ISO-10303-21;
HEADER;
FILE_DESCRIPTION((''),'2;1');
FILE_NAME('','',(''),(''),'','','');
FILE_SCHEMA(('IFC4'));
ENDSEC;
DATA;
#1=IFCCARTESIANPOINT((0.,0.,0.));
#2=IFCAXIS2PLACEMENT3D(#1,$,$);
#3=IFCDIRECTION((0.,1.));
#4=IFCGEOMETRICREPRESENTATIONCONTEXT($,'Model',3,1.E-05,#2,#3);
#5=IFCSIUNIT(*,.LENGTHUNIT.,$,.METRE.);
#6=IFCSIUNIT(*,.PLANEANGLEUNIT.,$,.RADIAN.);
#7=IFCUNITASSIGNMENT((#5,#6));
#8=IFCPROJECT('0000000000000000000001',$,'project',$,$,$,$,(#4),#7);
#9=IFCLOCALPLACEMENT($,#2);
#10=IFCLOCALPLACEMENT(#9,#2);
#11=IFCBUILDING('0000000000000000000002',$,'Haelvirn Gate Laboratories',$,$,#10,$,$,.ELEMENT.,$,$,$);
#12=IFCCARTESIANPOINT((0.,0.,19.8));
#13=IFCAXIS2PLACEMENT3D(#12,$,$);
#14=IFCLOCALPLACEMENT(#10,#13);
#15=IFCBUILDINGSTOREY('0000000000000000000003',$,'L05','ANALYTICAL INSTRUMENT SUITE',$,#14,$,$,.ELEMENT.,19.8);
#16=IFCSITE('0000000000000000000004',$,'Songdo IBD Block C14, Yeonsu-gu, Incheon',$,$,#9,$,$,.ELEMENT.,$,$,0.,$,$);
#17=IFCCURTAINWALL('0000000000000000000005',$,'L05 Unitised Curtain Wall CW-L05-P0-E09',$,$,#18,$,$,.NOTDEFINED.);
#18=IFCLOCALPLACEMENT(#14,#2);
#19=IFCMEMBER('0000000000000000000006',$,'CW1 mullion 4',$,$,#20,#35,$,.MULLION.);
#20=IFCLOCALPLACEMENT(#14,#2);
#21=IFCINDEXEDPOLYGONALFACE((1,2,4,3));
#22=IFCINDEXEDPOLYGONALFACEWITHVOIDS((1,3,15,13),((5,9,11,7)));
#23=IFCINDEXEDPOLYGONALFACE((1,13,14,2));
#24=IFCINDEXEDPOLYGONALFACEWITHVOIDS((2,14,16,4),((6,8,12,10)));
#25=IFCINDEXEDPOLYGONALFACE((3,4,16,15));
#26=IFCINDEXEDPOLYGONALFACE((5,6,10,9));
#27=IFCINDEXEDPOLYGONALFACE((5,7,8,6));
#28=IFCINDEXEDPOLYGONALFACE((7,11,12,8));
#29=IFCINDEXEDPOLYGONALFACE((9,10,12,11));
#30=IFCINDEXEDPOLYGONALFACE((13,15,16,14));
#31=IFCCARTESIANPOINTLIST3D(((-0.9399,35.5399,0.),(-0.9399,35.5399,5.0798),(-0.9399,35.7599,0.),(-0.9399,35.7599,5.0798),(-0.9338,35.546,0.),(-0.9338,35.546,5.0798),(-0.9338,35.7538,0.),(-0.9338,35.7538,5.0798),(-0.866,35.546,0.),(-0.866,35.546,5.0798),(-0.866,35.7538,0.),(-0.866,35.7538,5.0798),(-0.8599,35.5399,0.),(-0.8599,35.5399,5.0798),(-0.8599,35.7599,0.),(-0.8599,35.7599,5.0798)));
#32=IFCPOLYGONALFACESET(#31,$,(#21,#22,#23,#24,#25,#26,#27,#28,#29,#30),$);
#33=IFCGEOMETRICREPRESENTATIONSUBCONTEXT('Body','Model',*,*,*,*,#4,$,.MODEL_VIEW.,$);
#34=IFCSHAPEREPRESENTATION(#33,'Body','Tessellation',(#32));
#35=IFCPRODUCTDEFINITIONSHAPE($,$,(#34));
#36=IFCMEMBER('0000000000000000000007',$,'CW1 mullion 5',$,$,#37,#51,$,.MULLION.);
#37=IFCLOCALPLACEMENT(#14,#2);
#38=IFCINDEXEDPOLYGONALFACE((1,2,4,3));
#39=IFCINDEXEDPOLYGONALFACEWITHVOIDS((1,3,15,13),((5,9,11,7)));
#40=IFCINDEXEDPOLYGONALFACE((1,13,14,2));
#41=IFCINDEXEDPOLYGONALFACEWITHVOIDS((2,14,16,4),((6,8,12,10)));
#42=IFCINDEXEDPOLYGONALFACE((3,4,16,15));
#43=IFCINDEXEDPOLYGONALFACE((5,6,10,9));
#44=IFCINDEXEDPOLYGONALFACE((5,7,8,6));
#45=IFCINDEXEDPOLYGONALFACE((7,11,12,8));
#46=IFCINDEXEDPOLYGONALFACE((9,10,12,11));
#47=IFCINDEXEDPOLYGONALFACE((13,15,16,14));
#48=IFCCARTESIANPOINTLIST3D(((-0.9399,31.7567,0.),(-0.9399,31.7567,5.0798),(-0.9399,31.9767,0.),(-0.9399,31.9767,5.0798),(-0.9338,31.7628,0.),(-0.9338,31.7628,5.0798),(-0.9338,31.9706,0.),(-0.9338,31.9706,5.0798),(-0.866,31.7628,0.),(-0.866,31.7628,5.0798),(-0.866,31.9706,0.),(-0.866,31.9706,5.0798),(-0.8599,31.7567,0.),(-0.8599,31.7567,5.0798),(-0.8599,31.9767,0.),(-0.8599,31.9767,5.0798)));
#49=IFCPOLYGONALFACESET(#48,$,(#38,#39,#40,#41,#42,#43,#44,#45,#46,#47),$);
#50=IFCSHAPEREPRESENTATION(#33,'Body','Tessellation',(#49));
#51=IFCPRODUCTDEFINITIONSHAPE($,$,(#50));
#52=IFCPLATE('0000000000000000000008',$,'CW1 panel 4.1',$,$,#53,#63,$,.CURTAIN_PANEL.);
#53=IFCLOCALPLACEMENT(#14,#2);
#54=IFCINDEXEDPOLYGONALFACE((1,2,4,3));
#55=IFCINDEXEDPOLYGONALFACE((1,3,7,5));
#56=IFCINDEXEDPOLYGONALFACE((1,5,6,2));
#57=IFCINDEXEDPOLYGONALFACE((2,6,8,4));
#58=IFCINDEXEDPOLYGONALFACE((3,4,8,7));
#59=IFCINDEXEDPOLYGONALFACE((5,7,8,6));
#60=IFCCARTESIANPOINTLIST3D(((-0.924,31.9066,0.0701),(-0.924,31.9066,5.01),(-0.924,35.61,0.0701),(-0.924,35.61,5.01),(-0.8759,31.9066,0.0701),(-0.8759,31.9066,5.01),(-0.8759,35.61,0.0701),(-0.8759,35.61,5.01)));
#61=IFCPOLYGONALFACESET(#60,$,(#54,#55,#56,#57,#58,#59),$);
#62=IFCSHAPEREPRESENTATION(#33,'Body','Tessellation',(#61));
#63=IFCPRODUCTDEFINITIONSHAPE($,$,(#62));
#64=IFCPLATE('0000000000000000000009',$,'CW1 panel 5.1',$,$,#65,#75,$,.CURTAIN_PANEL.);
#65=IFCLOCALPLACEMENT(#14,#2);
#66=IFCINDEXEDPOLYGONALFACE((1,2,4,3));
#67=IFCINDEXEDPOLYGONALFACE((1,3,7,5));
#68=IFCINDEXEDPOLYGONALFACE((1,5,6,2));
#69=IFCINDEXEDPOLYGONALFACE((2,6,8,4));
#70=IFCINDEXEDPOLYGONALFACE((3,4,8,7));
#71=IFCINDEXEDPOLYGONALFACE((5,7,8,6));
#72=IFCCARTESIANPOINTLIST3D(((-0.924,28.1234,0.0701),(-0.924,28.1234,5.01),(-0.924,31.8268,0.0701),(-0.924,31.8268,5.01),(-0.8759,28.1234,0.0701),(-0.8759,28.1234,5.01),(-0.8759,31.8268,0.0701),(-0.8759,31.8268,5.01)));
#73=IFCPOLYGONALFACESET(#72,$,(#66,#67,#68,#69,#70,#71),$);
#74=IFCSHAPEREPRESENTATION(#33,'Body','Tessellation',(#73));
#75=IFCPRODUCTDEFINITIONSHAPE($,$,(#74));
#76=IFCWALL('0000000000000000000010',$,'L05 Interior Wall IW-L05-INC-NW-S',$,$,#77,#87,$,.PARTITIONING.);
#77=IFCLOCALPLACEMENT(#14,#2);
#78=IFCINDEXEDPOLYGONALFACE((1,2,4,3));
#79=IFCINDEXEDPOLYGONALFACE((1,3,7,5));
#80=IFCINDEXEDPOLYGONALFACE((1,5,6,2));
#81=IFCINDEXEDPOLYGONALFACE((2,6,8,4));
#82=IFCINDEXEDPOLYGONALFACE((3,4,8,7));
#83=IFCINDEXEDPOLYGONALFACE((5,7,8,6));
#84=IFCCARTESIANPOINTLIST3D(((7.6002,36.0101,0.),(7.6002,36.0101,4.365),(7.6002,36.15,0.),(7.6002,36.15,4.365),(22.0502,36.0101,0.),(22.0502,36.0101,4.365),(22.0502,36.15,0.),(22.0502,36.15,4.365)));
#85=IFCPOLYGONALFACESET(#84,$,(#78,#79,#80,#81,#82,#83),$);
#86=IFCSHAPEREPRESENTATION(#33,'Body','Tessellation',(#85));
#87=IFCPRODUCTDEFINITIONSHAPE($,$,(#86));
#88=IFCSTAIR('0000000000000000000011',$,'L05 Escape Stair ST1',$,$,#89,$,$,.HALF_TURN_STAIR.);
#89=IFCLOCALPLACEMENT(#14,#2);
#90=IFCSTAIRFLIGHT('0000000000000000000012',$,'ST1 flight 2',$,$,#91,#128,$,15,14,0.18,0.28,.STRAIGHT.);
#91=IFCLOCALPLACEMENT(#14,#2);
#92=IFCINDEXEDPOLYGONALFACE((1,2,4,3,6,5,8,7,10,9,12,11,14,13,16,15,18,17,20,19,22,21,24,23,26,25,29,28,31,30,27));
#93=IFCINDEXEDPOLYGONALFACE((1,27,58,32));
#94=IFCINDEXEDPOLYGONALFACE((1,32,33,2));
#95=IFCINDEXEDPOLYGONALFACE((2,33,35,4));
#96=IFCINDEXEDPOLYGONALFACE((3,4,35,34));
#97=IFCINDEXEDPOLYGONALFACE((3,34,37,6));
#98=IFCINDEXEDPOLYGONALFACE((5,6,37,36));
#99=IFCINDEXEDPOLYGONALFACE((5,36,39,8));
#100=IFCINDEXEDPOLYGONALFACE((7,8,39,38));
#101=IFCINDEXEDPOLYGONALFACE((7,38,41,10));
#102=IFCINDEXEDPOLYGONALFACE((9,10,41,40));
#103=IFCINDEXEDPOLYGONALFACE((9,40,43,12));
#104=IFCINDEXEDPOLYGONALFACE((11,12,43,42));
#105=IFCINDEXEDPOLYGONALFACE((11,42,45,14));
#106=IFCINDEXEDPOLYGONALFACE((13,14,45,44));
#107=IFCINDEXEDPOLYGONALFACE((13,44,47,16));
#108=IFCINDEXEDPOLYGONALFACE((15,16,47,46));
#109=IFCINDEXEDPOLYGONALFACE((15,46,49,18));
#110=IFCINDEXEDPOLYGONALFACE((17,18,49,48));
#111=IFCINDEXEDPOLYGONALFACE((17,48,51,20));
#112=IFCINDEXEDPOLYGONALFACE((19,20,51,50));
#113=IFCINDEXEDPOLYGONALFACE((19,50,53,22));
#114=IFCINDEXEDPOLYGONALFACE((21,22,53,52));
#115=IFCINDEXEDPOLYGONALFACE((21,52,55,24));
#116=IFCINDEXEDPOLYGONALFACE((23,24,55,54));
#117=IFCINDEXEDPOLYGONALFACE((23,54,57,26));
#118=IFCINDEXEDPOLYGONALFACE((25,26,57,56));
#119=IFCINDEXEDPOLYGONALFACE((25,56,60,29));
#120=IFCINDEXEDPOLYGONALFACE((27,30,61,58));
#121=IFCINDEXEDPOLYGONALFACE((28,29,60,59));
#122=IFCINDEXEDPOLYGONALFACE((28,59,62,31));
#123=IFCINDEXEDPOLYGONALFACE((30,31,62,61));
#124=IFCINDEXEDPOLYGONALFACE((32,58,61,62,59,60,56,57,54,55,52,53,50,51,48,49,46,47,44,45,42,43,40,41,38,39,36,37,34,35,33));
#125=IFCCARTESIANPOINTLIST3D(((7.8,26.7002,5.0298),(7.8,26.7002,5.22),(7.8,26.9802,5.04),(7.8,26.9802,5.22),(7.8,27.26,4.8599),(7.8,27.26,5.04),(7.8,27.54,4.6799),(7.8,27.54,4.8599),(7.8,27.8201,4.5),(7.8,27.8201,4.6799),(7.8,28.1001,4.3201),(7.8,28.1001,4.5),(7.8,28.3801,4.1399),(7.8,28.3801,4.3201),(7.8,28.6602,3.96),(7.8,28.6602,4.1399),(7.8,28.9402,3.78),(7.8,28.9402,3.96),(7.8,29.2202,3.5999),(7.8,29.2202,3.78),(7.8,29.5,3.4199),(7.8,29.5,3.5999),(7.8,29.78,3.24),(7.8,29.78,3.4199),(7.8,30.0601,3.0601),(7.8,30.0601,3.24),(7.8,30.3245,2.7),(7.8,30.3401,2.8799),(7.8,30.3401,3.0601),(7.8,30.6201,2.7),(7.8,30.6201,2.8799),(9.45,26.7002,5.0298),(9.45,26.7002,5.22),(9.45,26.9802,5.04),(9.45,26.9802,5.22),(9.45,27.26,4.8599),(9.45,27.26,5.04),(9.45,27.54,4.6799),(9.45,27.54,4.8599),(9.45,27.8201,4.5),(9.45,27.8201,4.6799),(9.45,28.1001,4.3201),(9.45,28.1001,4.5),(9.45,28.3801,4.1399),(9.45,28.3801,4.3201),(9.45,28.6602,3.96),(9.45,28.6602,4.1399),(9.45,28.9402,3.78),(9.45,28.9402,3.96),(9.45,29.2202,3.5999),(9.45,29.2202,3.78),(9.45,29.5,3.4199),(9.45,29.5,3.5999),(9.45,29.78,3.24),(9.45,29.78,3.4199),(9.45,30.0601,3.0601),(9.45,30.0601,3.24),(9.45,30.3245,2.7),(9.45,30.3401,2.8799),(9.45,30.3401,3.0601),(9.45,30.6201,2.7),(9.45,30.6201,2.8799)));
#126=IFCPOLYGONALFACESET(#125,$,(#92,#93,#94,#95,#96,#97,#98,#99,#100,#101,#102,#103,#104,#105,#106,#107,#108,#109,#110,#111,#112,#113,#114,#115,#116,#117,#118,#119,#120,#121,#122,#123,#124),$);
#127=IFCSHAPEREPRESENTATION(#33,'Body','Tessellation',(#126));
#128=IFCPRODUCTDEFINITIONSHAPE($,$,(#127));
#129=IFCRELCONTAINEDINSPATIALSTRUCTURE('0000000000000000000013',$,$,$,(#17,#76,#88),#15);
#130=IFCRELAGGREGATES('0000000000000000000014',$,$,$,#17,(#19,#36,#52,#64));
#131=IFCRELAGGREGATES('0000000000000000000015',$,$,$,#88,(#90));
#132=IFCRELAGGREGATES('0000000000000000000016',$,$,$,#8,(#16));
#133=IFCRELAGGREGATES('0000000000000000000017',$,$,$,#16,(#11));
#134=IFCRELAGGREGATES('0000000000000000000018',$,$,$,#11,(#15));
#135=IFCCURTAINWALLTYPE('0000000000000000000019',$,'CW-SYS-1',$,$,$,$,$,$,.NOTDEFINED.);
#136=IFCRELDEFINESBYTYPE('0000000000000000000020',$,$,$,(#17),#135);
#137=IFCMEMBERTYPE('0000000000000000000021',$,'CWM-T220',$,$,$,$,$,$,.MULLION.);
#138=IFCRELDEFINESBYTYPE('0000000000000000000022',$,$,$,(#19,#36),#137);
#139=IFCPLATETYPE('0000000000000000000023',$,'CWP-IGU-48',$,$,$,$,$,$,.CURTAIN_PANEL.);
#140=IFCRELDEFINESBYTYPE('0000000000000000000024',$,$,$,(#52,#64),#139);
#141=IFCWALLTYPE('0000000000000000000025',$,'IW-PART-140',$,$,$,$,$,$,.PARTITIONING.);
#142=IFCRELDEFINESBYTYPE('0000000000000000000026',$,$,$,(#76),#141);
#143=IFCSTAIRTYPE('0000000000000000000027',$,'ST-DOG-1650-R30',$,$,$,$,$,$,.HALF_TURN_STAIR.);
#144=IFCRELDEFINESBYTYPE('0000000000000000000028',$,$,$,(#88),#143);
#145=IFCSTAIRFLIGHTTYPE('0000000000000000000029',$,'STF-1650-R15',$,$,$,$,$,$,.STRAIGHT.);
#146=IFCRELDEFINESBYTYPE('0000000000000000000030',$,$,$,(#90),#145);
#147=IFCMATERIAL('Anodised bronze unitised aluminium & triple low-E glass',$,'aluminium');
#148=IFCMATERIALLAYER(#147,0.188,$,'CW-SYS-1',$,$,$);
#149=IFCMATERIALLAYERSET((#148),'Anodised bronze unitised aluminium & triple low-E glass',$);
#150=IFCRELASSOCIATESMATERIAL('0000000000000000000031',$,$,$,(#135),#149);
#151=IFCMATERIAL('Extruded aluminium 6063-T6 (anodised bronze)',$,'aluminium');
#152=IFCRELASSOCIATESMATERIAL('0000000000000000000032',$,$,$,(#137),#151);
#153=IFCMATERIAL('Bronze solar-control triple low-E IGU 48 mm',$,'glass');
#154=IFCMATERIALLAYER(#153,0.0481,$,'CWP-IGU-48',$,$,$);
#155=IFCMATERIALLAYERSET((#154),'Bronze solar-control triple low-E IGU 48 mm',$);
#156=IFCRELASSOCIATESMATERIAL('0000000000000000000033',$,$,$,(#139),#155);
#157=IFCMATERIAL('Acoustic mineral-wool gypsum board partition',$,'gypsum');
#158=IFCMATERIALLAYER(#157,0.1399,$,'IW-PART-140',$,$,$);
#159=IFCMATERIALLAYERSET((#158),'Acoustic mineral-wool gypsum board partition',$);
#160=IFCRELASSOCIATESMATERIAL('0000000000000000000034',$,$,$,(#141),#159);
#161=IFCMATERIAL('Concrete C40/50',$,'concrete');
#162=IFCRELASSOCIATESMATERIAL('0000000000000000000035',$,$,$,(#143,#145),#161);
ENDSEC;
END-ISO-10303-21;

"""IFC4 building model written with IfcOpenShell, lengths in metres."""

from ifc_helpers import new_model, si_unit, direction, frame, frame_2d, origin, origin_2d, place, context, subcontext, project, spatial, polyline, rectangle, hollow_rectangle, outline, extrude, source, transform, mapped, material, layer, layer_set, material_profile, profile_set, type_object, type_shapes, element, aggregate, save


model = new_model("IFC4")

# Units and contexts
model_context = context("Model", 3, precision=1e-05, world=origin(), true_north=direction((0.0, 1.0)))
body_context = subcontext(model_context, "Body", "Model", "MODEL_VIEW")
ifc_project = project(units=[si_unit("LENGTHUNIT", "METRE"), si_unit("PLANEANGLEUNIT", "RADIAN")], contexts=[model_context])

# Site, building, storey
site_placement = place(None, origin())
site = spatial("IfcSite", under=ifc_project, at=site_placement, Name="Songdo IBD Block C14, Yeonsu-gu, Incheon", CompositionType="ELEMENT", RefElevation=0.0)
building_placement = place(site_placement, origin())
building = spatial("IfcBuilding", under=site, at=building_placement, Name="Haelvirn Gate Laboratories", CompositionType="ELEMENT")
storey_placement = place(building_placement, frame((0.0, 0.0, 19.8)))
storey = spatial("IfcBuildingStorey", under=building, at=storey_placement, Name="L05", Description="ANALYTICAL INSTRUMENT SUITE", CompositionType="ELEMENT", Elevation=19.8)

# Curtain wall, members, plates
ifc_material_1 = material(Name="Anodised bronze unitised aluminium & triple low-E glass", Category="aluminium")
ifc_layer_1 = layer(ifc_material_1, 0.188, Name="CW-SYS-1")
ifc_layer_set_1 = layer_set([ifc_layer_1], Name="Anodised bronze unitised aluminium & triple low-E glass")
curtain_wall_type = type_object("IfcCurtainWallType", Name="CW-SYS-1", PredefinedType="NOTDEFINED", material=ifc_layer_set_1)
curtain_wall_placement = place(storey_placement, origin())
curtain_wall = element("IfcCurtainWall", 1, at=curtain_wall_placement, inside=storey, type_object=curtain_wall_type, Name="L05 Unitised Curtain Wall CW-L05-P0-E09", PredefinedType="NOTDEFINED")
ifc_material_2 = material(Name="Extruded aluminium 6063-T6 (anodised bronze)", Category="aluminium")
ifc_material_profile_1 = material_profile(ifc_material_2, hollow_rectangle(XDim=0.0801, YDim=0.22, WallThickness=0.0061, at=origin_2d()), Name="CWM-220x80x6")
ifc_profile_set_1 = profile_set([ifc_material_profile_1], Name="Extruded aluminium 6063-T6 (anodised bronze)")
member_type_1 = type_object("IfcMemberType", Name="CWM-T220", PredefinedType="MULLION", material=ifc_profile_set_1)
shared_shape_1 = source(origin(), body_context, "Body", "SweptSolid", [
    extrude(hollow_rectangle(XDim=0.0801, YDim=0.22, WallThickness=0.0061, at=origin_2d()), origin(), (0.0, 0.0, 1.0), 5.0798),
])
type_shapes(member_type_1, [shared_shape_1])
member_1_placement = place(storey_placement, frame((-0.8999, 35.6499, 0.0), z_axis=(0.0, 0.0, 1.0), x_axis=(1.0, 0.0, 0.0)))
member_1 = element("IfcMember", 2, at=member_1_placement, type_object=member_type_1, Name="CW1 mullion 4", PredefinedType="MULLION", context=body_context, shape_type="MappedRepresentation", body=[
    mapped(shared_shape_1, transform((0.0, 0.0, 0.0), scale=1.0)),
])
member_2_placement = place(storey_placement, frame((-0.8999, 31.8667, 0.0), z_axis=(0.0, 0.0, 1.0), x_axis=(1.0, 0.0, 0.0)))
member_2 = element("IfcMember", 3, at=member_2_placement, type_object=member_type_1, Name="CW1 mullion 5", PredefinedType="MULLION", context=body_context, shape_type="MappedRepresentation", body=[
    mapped(shared_shape_1, transform((0.0, 0.0, 0.0), scale=1.0)),
])
ifc_material_3 = material(Name="Bronze solar-control triple low-E IGU 48 mm", Category="glass")
ifc_layer_2 = layer(ifc_material_3, 0.0481, Name="CWP-IGU-48")
ifc_layer_set_2 = layer_set([ifc_layer_2], Name="Bronze solar-control triple low-E IGU 48 mm")
plate_type = type_object("IfcPlateType", Name="CWP-IGU-48", PredefinedType="CURTAIN_PANEL", material=ifc_layer_set_2)
shared_shape_2 = source(origin(), body_context, "Body", "SweptSolid", [
    extrude(rectangle(XDim=3.7034, YDim=0.0481, at=origin_2d()), origin(), (0.0, 0.0, 1.0), 4.9399),
])
type_shapes(plate_type, [shared_shape_2])
plate_1_placement = place(storey_placement, frame((-0.8999, 33.7583, 0.0701), z_axis=(0.0, 0.0, 1.0), x_axis=(0.0, -1.0, 0.0)))
plate_1 = element("IfcPlate", 4, at=plate_1_placement, type_object=plate_type, Name="CW1 panel 4.1", PredefinedType="CURTAIN_PANEL", context=body_context, shape_type="MappedRepresentation", body=[
    mapped(shared_shape_2, transform((0.0, 0.0, 0.0), scale=1.0)),
])
plate_2_placement = place(storey_placement, frame((-0.8999, 29.9751, 0.0701), z_axis=(0.0, 0.0, 1.0), x_axis=(0.0, -1.0, 0.0)))
plate_2 = element("IfcPlate", 5, at=plate_2_placement, type_object=plate_type, Name="CW1 panel 5.1", PredefinedType="CURTAIN_PANEL", context=body_context, shape_type="MappedRepresentation", body=[
    mapped(shared_shape_2, transform((0.0, 0.0, 0.0), scale=1.0)),
])
aggregate(curtain_wall, [member_1, member_2, plate_1, plate_2])

# Wall
ifc_material_4 = material(Name="Acoustic mineral-wool gypsum board partition", Category="gypsum")
ifc_layer_3 = layer(ifc_material_4, 0.1399, Name="IW-PART-140")
ifc_layer_set_3 = layer_set([ifc_layer_3], Name="Acoustic mineral-wool gypsum board partition")
wall_type_1 = type_object("IfcWallType", Name="IW-PART-140", PredefinedType="PARTITIONING", material=ifc_layer_set_3)
wall_1_placement = place(storey_placement, frame((7.6001, 36.0801, 0.0), z_axis=(0.0, 0.0, 1.0), x_axis=(1.0, 0.0, 0.0)))
element("IfcWall", 6, at=wall_1_placement, inside=storey, type_object=wall_type_1, Name="L05 Interior Wall IW-L05-INC-NW-S", PredefinedType="PARTITIONING", context=body_context, shape_type="SweptSolid", body=[
    extrude(rectangle(XDim=14.45, YDim=0.1399, at=frame_2d((7.2251, 0.0))), origin(), (0.0, 0.0, 1.0), 4.365),
])

# Stair, stair flight
ifc_material_5 = material(Name="Concrete C40/50", Category="concrete")
stair_type = type_object("IfcStairType", Name="ST-DOG-1650-R30", PredefinedType="HALF_TURN_STAIR", material=ifc_material_5)
stair_placement = place(storey_placement, origin())
stair = element("IfcStair", 7, at=stair_placement, inside=storey, type_object=stair_type, Name="L05 Escape Stair ST1", PredefinedType="HALF_TURN_STAIR")
stair_flight_type = type_object("IfcStairFlightType", Name="STF-1650-R15", PredefinedType="STRAIGHT", material=ifc_material_5)
shared_shape_3 = source(origin(), body_context, "Body", "SweptSolid", [
    extrude(outline(polyline([(0.0, 0.0), (0.0, 0.1799), (0.28, 0.1799), (0.28, 0.3601), (0.5601, 0.3601), (0.5601, 0.54), (0.8401, 0.54), (0.8401, 0.72), (1.1201, 0.72), (1.1201, 0.8999), (1.3999, 0.8999), (1.3999, 1.0801), (1.6799, 1.0801), (1.6799, 1.26), (1.96, 1.26), (1.96, 1.4399), (2.24, 1.4399), (2.24, 1.6201), (2.52, 1.6201), (2.52, 1.8), (2.8, 1.8), (2.8, 1.98), (3.0801, 1.98), (3.0801, 2.1599), (3.3601, 2.1599), (3.3601, 2.3401), (3.6399, 2.3401), (3.6399, 2.52), (3.9199, 2.52), (3.9199, 2.7), (3.9199, 2.3298), (0.2957, 0.0), (0.0, 0.0)])), frame((0.0, 0.825, 0.0), z_axis=(0.0, -1.0, 0.0), x_axis=(1.0, 0.0, 0.0)), (0.0, 0.0, 1.0), 1.6499),
])
type_shapes(stair_flight_type, [shared_shape_3])
stair_flight_placement = place(storey_placement, frame((8.625, 30.6201, 2.7), z_axis=(0.0, 0.0, 1.0), x_axis=(0.0, -1.0, 0.0)))
stair_flight = element("IfcStairFlight", 8, at=stair_flight_placement, type_object=stair_flight_type, Name="ST1 flight 2", NumberOfRisers=15, NumberOfTreads=14, PredefinedType="STRAIGHT", RiserHeight=0.18, TreadLength=0.28, context=body_context, shape_type="MappedRepresentation", body=[
    mapped(shared_shape_3, transform((0.0, 0.0, 0.0), scale=1.0)),
])
aggregate(stair, [stair_flight])

save(model, "model.ifc")
